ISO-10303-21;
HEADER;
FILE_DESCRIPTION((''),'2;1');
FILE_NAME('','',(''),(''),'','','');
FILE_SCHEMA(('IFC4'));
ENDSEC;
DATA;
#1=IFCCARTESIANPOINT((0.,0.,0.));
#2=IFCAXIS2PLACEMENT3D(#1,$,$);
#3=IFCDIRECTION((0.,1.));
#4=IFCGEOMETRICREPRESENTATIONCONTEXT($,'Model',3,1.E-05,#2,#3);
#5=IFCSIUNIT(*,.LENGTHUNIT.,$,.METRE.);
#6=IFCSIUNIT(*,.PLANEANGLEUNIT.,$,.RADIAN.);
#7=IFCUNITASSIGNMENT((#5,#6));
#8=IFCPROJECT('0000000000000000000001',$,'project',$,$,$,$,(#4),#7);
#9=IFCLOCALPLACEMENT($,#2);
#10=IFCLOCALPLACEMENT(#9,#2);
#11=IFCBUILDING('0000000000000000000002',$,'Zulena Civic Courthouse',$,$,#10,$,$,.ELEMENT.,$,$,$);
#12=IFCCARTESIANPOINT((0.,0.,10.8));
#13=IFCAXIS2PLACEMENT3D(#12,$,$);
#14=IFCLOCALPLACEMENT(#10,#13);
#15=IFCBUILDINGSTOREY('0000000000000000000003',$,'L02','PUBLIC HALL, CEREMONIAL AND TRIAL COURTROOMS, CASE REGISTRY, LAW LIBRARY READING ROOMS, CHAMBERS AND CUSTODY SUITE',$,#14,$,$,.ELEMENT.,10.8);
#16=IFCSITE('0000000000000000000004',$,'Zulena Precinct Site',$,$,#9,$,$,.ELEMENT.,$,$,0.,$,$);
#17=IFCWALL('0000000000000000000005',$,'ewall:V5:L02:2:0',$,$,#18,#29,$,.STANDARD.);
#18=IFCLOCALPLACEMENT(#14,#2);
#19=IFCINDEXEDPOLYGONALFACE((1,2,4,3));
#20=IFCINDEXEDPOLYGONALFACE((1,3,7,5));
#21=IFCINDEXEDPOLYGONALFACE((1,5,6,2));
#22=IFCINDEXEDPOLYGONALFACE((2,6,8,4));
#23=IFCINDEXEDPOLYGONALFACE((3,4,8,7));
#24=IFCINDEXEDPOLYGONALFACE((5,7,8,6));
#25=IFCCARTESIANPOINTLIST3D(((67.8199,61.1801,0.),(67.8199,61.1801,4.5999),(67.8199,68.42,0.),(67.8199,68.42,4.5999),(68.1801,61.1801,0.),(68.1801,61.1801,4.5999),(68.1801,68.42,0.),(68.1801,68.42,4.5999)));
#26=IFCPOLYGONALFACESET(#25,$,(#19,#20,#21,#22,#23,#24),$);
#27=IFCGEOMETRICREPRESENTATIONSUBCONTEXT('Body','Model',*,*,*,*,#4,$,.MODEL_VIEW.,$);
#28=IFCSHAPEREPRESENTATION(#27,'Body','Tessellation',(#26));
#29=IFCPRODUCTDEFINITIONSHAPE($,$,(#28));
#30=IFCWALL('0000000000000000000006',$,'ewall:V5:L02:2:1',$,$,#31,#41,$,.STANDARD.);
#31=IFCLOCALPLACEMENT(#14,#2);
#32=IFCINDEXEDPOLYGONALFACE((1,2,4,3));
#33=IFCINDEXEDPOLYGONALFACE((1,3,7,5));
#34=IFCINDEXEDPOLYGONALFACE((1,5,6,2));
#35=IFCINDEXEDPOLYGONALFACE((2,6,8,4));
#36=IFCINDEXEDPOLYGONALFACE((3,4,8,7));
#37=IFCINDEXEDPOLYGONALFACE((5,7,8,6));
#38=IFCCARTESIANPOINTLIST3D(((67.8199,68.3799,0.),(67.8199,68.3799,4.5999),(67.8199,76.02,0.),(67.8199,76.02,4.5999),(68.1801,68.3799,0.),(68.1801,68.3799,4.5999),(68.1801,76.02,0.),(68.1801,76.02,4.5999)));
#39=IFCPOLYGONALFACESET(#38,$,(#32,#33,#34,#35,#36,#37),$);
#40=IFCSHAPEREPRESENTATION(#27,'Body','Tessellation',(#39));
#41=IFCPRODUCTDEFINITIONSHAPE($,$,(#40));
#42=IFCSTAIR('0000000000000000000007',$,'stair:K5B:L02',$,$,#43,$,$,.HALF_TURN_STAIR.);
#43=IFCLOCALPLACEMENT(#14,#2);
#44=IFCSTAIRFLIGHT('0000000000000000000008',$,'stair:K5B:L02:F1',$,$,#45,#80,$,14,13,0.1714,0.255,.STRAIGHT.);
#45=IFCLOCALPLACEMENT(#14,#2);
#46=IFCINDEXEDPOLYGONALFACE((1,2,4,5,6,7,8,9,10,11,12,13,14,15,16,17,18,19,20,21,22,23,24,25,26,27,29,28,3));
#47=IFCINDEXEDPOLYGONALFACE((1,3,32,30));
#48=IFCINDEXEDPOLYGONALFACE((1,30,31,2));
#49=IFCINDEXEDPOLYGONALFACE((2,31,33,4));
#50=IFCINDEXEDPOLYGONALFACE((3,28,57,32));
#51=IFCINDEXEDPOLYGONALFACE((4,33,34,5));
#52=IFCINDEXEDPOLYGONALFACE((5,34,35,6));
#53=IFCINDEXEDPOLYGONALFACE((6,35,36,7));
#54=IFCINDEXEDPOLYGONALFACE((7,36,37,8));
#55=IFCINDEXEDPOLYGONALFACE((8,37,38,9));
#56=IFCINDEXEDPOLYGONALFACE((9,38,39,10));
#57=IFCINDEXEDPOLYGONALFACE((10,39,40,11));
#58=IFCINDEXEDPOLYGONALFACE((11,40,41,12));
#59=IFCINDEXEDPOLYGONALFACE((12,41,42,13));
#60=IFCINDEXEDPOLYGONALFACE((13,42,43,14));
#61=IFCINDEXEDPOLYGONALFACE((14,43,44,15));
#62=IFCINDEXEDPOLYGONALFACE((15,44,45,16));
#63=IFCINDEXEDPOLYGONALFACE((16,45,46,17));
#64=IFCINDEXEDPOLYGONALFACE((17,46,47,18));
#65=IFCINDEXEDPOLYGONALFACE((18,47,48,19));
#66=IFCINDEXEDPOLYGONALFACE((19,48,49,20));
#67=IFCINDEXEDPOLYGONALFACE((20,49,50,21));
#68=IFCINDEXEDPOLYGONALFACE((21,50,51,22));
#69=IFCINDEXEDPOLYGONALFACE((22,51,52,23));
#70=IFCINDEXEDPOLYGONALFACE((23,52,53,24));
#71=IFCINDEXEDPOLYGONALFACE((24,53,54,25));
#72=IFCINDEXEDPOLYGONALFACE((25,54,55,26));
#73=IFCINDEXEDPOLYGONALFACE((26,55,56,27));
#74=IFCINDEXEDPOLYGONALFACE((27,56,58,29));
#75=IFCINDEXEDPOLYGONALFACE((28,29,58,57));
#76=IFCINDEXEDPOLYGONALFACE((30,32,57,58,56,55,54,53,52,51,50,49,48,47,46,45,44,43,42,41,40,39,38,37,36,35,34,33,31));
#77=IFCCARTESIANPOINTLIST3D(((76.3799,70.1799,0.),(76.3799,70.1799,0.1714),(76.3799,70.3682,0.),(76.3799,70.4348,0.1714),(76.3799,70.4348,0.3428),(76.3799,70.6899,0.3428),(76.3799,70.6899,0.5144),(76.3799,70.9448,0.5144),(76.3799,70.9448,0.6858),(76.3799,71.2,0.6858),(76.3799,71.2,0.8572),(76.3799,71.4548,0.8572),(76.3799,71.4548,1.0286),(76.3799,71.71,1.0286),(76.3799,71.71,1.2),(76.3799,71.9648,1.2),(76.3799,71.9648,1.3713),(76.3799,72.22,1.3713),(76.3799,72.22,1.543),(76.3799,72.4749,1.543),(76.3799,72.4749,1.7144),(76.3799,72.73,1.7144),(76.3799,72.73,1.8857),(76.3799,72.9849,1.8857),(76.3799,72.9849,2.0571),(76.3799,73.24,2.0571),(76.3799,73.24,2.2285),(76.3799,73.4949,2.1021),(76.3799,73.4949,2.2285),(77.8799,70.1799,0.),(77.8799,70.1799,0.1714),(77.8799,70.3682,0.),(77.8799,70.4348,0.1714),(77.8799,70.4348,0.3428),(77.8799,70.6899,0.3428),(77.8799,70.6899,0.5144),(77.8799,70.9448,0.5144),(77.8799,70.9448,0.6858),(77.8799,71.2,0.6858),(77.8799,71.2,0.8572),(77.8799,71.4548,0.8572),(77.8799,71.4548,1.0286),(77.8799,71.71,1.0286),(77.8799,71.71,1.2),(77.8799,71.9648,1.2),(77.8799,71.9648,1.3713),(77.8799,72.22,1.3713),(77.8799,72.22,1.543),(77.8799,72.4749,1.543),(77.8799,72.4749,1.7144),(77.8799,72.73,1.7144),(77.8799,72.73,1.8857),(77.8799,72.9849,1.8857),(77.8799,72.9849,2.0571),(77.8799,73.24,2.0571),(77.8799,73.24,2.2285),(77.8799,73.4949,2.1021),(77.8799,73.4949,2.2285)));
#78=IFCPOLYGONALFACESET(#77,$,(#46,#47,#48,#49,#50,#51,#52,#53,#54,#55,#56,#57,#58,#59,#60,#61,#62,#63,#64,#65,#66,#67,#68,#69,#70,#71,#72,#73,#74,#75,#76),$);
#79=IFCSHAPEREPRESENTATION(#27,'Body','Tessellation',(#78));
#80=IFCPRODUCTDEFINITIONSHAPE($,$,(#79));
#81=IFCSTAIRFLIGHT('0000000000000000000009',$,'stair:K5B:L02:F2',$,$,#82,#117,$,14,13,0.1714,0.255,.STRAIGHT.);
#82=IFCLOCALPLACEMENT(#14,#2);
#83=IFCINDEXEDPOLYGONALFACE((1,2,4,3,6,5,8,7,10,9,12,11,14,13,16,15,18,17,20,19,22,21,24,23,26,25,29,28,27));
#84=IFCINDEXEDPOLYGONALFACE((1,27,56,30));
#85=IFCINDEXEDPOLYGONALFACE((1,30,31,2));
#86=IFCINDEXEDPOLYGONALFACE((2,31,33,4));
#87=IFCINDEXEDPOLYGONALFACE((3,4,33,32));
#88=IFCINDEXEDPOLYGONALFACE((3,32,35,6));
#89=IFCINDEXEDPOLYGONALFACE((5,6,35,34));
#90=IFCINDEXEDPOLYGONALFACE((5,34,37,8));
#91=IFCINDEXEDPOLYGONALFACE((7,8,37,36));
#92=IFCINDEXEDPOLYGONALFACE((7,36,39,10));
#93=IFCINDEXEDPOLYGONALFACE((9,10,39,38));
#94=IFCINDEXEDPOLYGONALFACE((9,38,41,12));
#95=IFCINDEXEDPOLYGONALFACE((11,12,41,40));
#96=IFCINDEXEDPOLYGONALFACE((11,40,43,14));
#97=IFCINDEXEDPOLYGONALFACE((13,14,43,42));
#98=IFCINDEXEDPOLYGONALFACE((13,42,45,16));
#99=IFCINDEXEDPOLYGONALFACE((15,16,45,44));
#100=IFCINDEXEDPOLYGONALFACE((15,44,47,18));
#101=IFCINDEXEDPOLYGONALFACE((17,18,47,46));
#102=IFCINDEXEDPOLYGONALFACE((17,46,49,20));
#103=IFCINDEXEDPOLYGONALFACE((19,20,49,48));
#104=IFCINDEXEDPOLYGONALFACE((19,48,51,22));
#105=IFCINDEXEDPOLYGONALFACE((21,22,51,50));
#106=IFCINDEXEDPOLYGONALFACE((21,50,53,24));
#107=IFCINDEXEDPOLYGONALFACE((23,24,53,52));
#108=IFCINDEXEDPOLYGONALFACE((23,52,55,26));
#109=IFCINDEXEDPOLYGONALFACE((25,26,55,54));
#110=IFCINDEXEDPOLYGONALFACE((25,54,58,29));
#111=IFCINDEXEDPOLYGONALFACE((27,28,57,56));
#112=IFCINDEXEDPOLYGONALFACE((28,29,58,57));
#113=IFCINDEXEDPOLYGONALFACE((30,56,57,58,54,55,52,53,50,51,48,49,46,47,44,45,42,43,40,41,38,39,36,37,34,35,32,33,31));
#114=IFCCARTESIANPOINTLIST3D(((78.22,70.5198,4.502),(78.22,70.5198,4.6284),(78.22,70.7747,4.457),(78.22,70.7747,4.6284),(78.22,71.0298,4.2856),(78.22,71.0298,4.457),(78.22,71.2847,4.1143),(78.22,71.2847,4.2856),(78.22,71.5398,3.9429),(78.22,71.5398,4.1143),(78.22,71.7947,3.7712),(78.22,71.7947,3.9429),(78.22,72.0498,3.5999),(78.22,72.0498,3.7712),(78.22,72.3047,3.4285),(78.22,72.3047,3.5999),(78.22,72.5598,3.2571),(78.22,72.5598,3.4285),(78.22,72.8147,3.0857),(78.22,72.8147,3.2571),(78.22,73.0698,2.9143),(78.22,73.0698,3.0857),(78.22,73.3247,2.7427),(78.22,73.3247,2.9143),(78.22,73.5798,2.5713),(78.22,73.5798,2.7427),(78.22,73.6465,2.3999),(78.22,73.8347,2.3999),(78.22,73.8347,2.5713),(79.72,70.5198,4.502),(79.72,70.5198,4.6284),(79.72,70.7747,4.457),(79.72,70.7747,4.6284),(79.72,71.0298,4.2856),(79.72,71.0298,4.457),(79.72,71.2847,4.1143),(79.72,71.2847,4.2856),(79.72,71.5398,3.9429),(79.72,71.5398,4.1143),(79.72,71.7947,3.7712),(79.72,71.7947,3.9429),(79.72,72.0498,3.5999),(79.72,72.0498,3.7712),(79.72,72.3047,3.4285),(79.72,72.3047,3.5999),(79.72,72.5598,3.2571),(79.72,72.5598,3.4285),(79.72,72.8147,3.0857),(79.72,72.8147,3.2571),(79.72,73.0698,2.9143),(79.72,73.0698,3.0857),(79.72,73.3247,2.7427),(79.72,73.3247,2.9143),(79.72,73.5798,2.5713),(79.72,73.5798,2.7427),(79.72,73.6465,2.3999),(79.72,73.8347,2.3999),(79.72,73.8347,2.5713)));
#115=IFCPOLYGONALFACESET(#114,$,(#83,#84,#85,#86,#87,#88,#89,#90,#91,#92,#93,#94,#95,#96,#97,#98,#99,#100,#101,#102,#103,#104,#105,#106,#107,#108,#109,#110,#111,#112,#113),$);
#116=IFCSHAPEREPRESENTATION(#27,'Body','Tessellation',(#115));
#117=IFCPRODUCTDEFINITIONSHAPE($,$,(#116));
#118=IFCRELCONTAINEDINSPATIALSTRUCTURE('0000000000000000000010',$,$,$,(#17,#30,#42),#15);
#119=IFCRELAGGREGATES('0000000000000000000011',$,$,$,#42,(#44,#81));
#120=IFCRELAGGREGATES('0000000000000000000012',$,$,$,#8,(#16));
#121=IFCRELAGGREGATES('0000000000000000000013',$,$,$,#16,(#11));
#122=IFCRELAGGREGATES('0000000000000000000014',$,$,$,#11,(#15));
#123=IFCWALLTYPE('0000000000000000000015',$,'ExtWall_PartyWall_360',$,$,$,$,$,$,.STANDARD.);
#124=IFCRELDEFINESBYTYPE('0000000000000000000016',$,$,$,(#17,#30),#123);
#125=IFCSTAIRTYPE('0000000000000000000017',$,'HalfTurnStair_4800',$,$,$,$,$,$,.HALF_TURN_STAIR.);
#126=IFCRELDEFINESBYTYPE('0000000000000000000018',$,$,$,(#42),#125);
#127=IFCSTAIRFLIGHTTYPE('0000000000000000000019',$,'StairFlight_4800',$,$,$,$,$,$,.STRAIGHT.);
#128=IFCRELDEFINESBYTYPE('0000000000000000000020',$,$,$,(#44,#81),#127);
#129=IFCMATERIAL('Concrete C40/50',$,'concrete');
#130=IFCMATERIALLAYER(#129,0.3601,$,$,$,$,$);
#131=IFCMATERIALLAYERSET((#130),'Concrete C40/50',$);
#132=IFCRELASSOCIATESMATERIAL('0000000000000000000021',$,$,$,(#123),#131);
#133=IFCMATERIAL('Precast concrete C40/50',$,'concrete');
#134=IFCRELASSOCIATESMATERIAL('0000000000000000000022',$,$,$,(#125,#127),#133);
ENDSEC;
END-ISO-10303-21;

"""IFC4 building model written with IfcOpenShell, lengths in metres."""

from ifc_helpers import new_model, si_unit, direction, frame, frame_2d, origin, place, context, subcontext, project, spatial, polyline, rectangle, outline, extrude, material, layer, layer_set, type_object, element, aggregate, save


model = new_model("IFC4")

# Units and contexts
model_context = context("Model", 3, precision=1e-05, world=origin(), true_north=direction((0.0, 1.0)))
body_context = subcontext(model_context, "Body", "Model", "MODEL_VIEW")
ifc_project = project(units=[si_unit("LENGTHUNIT", "METRE"), si_unit("PLANEANGLEUNIT", "RADIAN")], contexts=[model_context])

# Site, building, storey
site_placement = place(None, origin())
site = spatial("IfcSite", under=ifc_project, at=site_placement, Name="Zulena Precinct Site", CompositionType="ELEMENT", RefElevation=0.0)
building_placement = place(site_placement, origin())
building = spatial("IfcBuilding", under=site, at=building_placement, Name="Zulena Civic Courthouse", CompositionType="ELEMENT")
storey_placement = place(building_placement, frame((0.0, 0.0, 10.8)))
storey = spatial("IfcBuildingStorey", under=building, at=storey_placement, Name="L02", Description="PUBLIC HALL, CEREMONIAL AND TRIAL COURTROOMS, CASE REGISTRY, LAW LIBRARY READING ROOMS, CHAMBERS AND CUSTODY SUITE", CompositionType="ELEMENT", Elevation=10.8)

# Shared definitions
ifc_material_1 = material(Name="Concrete C40/50", Category="concrete")

# Walls
ifc_layer_1 = layer(ifc_material_1, 0.3601)
ifc_layer_set_1 = layer_set([ifc_layer_1], Name="Concrete C40/50")
wall_type_1 = type_object("IfcWallType", Name="ExtWall_PartyWall_360", PredefinedType="STANDARD", material=ifc_layer_set_1)
wall_1_placement = place(storey_placement, frame((68.0, 61.1799, 0.0), z_axis=(0.0, 0.0, 1.0), x_axis=(0.0, 1.0, 0.0)))
element("IfcWall", 1, at=wall_1_placement, inside=storey, type_object=wall_type_1, Name="ewall:V5:L02:2:0", PredefinedType="STANDARD", context=body_context, shape_type="SweptSolid", body=[
    extrude(rectangle(XDim=7.24, YDim=0.3601, at=frame_2d((3.6201, 0.0))), origin(), (0.0, 0.0, 1.0), 4.5999),
])
wall_2_placement = place(storey_placement, frame((68.0, 68.3799, 0.0), z_axis=(0.0, 0.0, 1.0), x_axis=(0.0, 1.0, 0.0)))
element("IfcWall", 2, at=wall_2_placement, inside=storey, type_object=wall_type_1, Name="ewall:V5:L02:2:1", PredefinedType="STANDARD", context=body_context, shape_type="SweptSolid", body=[
    extrude(rectangle(XDim=7.6401, YDim=0.3601, at=frame_2d((3.8201, 0.0))), origin(), (0.0, 0.0, 1.0), 4.5999),
])

# Stair, stair flights
ifc_material_2 = material(Name="Precast concrete C40/50", Category="concrete")
stair_type = type_object("IfcStairType", Name="HalfTurnStair_4800", PredefinedType="HALF_TURN_STAIR", material=ifc_material_2)
stair_placement = place(storey_placement, origin())
stair = element("IfcStair", 3, at=stair_placement, inside=storey, type_object=stair_type, Name="stair:K5B:L02", PredefinedType="HALF_TURN_STAIR")
stair_flight_type = type_object("IfcStairFlightType", Name="StairFlight_4800", PredefinedType="STRAIGHT", material=ifc_material_2)
stair_flight_1_placement = place(storey_placement, frame((77.1299, 70.1799, 0.0), z_axis=(0.0, 0.0, 1.0), x_axis=(0.0, 1.0, 0.0)))
stair_flight_1 = element("IfcStairFlight", 4, at=stair_flight_1_placement, type_object=stair_flight_type, Name="stair:K5B:L02:F1", NumberOfRisers=14, NumberOfTreads=13, PredefinedType="STRAIGHT", RiserHeight=0.1714, TreadLength=0.255, context=body_context, shape_type="SweptSolid", body=[
    extrude(outline(polyline([(0.0, 0.0), (0.0, 0.1714), (0.2549, 0.1714), (0.2549, 0.3428), (0.51, 0.3428), (0.51, 0.5144), (0.7649, 0.5144), (0.7649, 0.6858), (1.02, 0.6858), (1.02, 0.8572), (1.2749, 0.8572), (1.2749, 1.0286), (1.53, 1.0286), (1.53, 1.2), (1.7849, 1.2), (1.7849, 1.3713), (2.04, 1.3713), (2.04, 1.543), (2.2949, 1.543), (2.2949, 1.7144), (2.55, 1.7144), (2.55, 1.8857), (2.8049, 1.8857), (2.8049, 2.0571), (3.0601, 2.0571), (3.0601, 2.2285), (3.3149, 2.2285), (3.3149, 2.3999), (3.3149, 2.1021), (0.1882, 0.0), (0.0, 0.0)])), frame((0.0, 0.75, 0.0), z_axis=(0.0, -1.0, 0.0), x_axis=(1.0, 0.0, 0.0)), (0.0, 0.0, 1.0), 1.5),
])
stair_flight_2_placement = place(storey_placement, frame((78.97, 73.8347, 2.3999), z_axis=(0.0, 0.0, 1.0), x_axis=(0.0, -1.0, 0.0)))
stair_flight_2 = element("IfcStairFlight", 5, at=stair_flight_2_placement, type_object=stair_flight_type, Name="stair:K5B:L02:F2", NumberOfRisers=14, NumberOfTreads=13, PredefinedType="STRAIGHT", RiserHeight=0.1714, TreadLength=0.255, context=body_context, shape_type="SweptSolid", body=[
    extrude(outline(polyline([(0.0, 0.0), (0.0, 0.1714), (0.2549, 0.1714), (0.2549, 0.3428), (0.51, 0.3428), (0.51, 0.5144), (0.7649, 0.5144), (0.7649, 0.6858), (1.02, 0.6858), (1.02, 0.8572), (1.2749, 0.8572), (1.2749, 1.0286), (1.53, 1.0286), (1.53, 1.2), (1.7849, 1.2), (1.7849, 1.3713), (2.04, 1.3713), (2.04, 1.543), (2.2949, 1.543), (2.2949, 1.7144), (2.55, 1.7144), (2.55, 1.8857), (2.8049, 1.8857), (2.8049, 2.0571), (3.0601, 2.0571), (3.0601, 2.2285), (3.3149, 2.2285), (3.3149, 2.3999), (3.3149, 2.1021), (0.1882, 0.0), (0.0, 0.0)])), frame((0.0, 0.75, 0.0), z_axis=(0.0, -1.0, 0.0), x_axis=(1.0, 0.0, 0.0)), (0.0, 0.0, 1.0), 1.5),
])
aggregate(stair, [stair_flight_1, stair_flight_2])

save(model, "model.ifc")
